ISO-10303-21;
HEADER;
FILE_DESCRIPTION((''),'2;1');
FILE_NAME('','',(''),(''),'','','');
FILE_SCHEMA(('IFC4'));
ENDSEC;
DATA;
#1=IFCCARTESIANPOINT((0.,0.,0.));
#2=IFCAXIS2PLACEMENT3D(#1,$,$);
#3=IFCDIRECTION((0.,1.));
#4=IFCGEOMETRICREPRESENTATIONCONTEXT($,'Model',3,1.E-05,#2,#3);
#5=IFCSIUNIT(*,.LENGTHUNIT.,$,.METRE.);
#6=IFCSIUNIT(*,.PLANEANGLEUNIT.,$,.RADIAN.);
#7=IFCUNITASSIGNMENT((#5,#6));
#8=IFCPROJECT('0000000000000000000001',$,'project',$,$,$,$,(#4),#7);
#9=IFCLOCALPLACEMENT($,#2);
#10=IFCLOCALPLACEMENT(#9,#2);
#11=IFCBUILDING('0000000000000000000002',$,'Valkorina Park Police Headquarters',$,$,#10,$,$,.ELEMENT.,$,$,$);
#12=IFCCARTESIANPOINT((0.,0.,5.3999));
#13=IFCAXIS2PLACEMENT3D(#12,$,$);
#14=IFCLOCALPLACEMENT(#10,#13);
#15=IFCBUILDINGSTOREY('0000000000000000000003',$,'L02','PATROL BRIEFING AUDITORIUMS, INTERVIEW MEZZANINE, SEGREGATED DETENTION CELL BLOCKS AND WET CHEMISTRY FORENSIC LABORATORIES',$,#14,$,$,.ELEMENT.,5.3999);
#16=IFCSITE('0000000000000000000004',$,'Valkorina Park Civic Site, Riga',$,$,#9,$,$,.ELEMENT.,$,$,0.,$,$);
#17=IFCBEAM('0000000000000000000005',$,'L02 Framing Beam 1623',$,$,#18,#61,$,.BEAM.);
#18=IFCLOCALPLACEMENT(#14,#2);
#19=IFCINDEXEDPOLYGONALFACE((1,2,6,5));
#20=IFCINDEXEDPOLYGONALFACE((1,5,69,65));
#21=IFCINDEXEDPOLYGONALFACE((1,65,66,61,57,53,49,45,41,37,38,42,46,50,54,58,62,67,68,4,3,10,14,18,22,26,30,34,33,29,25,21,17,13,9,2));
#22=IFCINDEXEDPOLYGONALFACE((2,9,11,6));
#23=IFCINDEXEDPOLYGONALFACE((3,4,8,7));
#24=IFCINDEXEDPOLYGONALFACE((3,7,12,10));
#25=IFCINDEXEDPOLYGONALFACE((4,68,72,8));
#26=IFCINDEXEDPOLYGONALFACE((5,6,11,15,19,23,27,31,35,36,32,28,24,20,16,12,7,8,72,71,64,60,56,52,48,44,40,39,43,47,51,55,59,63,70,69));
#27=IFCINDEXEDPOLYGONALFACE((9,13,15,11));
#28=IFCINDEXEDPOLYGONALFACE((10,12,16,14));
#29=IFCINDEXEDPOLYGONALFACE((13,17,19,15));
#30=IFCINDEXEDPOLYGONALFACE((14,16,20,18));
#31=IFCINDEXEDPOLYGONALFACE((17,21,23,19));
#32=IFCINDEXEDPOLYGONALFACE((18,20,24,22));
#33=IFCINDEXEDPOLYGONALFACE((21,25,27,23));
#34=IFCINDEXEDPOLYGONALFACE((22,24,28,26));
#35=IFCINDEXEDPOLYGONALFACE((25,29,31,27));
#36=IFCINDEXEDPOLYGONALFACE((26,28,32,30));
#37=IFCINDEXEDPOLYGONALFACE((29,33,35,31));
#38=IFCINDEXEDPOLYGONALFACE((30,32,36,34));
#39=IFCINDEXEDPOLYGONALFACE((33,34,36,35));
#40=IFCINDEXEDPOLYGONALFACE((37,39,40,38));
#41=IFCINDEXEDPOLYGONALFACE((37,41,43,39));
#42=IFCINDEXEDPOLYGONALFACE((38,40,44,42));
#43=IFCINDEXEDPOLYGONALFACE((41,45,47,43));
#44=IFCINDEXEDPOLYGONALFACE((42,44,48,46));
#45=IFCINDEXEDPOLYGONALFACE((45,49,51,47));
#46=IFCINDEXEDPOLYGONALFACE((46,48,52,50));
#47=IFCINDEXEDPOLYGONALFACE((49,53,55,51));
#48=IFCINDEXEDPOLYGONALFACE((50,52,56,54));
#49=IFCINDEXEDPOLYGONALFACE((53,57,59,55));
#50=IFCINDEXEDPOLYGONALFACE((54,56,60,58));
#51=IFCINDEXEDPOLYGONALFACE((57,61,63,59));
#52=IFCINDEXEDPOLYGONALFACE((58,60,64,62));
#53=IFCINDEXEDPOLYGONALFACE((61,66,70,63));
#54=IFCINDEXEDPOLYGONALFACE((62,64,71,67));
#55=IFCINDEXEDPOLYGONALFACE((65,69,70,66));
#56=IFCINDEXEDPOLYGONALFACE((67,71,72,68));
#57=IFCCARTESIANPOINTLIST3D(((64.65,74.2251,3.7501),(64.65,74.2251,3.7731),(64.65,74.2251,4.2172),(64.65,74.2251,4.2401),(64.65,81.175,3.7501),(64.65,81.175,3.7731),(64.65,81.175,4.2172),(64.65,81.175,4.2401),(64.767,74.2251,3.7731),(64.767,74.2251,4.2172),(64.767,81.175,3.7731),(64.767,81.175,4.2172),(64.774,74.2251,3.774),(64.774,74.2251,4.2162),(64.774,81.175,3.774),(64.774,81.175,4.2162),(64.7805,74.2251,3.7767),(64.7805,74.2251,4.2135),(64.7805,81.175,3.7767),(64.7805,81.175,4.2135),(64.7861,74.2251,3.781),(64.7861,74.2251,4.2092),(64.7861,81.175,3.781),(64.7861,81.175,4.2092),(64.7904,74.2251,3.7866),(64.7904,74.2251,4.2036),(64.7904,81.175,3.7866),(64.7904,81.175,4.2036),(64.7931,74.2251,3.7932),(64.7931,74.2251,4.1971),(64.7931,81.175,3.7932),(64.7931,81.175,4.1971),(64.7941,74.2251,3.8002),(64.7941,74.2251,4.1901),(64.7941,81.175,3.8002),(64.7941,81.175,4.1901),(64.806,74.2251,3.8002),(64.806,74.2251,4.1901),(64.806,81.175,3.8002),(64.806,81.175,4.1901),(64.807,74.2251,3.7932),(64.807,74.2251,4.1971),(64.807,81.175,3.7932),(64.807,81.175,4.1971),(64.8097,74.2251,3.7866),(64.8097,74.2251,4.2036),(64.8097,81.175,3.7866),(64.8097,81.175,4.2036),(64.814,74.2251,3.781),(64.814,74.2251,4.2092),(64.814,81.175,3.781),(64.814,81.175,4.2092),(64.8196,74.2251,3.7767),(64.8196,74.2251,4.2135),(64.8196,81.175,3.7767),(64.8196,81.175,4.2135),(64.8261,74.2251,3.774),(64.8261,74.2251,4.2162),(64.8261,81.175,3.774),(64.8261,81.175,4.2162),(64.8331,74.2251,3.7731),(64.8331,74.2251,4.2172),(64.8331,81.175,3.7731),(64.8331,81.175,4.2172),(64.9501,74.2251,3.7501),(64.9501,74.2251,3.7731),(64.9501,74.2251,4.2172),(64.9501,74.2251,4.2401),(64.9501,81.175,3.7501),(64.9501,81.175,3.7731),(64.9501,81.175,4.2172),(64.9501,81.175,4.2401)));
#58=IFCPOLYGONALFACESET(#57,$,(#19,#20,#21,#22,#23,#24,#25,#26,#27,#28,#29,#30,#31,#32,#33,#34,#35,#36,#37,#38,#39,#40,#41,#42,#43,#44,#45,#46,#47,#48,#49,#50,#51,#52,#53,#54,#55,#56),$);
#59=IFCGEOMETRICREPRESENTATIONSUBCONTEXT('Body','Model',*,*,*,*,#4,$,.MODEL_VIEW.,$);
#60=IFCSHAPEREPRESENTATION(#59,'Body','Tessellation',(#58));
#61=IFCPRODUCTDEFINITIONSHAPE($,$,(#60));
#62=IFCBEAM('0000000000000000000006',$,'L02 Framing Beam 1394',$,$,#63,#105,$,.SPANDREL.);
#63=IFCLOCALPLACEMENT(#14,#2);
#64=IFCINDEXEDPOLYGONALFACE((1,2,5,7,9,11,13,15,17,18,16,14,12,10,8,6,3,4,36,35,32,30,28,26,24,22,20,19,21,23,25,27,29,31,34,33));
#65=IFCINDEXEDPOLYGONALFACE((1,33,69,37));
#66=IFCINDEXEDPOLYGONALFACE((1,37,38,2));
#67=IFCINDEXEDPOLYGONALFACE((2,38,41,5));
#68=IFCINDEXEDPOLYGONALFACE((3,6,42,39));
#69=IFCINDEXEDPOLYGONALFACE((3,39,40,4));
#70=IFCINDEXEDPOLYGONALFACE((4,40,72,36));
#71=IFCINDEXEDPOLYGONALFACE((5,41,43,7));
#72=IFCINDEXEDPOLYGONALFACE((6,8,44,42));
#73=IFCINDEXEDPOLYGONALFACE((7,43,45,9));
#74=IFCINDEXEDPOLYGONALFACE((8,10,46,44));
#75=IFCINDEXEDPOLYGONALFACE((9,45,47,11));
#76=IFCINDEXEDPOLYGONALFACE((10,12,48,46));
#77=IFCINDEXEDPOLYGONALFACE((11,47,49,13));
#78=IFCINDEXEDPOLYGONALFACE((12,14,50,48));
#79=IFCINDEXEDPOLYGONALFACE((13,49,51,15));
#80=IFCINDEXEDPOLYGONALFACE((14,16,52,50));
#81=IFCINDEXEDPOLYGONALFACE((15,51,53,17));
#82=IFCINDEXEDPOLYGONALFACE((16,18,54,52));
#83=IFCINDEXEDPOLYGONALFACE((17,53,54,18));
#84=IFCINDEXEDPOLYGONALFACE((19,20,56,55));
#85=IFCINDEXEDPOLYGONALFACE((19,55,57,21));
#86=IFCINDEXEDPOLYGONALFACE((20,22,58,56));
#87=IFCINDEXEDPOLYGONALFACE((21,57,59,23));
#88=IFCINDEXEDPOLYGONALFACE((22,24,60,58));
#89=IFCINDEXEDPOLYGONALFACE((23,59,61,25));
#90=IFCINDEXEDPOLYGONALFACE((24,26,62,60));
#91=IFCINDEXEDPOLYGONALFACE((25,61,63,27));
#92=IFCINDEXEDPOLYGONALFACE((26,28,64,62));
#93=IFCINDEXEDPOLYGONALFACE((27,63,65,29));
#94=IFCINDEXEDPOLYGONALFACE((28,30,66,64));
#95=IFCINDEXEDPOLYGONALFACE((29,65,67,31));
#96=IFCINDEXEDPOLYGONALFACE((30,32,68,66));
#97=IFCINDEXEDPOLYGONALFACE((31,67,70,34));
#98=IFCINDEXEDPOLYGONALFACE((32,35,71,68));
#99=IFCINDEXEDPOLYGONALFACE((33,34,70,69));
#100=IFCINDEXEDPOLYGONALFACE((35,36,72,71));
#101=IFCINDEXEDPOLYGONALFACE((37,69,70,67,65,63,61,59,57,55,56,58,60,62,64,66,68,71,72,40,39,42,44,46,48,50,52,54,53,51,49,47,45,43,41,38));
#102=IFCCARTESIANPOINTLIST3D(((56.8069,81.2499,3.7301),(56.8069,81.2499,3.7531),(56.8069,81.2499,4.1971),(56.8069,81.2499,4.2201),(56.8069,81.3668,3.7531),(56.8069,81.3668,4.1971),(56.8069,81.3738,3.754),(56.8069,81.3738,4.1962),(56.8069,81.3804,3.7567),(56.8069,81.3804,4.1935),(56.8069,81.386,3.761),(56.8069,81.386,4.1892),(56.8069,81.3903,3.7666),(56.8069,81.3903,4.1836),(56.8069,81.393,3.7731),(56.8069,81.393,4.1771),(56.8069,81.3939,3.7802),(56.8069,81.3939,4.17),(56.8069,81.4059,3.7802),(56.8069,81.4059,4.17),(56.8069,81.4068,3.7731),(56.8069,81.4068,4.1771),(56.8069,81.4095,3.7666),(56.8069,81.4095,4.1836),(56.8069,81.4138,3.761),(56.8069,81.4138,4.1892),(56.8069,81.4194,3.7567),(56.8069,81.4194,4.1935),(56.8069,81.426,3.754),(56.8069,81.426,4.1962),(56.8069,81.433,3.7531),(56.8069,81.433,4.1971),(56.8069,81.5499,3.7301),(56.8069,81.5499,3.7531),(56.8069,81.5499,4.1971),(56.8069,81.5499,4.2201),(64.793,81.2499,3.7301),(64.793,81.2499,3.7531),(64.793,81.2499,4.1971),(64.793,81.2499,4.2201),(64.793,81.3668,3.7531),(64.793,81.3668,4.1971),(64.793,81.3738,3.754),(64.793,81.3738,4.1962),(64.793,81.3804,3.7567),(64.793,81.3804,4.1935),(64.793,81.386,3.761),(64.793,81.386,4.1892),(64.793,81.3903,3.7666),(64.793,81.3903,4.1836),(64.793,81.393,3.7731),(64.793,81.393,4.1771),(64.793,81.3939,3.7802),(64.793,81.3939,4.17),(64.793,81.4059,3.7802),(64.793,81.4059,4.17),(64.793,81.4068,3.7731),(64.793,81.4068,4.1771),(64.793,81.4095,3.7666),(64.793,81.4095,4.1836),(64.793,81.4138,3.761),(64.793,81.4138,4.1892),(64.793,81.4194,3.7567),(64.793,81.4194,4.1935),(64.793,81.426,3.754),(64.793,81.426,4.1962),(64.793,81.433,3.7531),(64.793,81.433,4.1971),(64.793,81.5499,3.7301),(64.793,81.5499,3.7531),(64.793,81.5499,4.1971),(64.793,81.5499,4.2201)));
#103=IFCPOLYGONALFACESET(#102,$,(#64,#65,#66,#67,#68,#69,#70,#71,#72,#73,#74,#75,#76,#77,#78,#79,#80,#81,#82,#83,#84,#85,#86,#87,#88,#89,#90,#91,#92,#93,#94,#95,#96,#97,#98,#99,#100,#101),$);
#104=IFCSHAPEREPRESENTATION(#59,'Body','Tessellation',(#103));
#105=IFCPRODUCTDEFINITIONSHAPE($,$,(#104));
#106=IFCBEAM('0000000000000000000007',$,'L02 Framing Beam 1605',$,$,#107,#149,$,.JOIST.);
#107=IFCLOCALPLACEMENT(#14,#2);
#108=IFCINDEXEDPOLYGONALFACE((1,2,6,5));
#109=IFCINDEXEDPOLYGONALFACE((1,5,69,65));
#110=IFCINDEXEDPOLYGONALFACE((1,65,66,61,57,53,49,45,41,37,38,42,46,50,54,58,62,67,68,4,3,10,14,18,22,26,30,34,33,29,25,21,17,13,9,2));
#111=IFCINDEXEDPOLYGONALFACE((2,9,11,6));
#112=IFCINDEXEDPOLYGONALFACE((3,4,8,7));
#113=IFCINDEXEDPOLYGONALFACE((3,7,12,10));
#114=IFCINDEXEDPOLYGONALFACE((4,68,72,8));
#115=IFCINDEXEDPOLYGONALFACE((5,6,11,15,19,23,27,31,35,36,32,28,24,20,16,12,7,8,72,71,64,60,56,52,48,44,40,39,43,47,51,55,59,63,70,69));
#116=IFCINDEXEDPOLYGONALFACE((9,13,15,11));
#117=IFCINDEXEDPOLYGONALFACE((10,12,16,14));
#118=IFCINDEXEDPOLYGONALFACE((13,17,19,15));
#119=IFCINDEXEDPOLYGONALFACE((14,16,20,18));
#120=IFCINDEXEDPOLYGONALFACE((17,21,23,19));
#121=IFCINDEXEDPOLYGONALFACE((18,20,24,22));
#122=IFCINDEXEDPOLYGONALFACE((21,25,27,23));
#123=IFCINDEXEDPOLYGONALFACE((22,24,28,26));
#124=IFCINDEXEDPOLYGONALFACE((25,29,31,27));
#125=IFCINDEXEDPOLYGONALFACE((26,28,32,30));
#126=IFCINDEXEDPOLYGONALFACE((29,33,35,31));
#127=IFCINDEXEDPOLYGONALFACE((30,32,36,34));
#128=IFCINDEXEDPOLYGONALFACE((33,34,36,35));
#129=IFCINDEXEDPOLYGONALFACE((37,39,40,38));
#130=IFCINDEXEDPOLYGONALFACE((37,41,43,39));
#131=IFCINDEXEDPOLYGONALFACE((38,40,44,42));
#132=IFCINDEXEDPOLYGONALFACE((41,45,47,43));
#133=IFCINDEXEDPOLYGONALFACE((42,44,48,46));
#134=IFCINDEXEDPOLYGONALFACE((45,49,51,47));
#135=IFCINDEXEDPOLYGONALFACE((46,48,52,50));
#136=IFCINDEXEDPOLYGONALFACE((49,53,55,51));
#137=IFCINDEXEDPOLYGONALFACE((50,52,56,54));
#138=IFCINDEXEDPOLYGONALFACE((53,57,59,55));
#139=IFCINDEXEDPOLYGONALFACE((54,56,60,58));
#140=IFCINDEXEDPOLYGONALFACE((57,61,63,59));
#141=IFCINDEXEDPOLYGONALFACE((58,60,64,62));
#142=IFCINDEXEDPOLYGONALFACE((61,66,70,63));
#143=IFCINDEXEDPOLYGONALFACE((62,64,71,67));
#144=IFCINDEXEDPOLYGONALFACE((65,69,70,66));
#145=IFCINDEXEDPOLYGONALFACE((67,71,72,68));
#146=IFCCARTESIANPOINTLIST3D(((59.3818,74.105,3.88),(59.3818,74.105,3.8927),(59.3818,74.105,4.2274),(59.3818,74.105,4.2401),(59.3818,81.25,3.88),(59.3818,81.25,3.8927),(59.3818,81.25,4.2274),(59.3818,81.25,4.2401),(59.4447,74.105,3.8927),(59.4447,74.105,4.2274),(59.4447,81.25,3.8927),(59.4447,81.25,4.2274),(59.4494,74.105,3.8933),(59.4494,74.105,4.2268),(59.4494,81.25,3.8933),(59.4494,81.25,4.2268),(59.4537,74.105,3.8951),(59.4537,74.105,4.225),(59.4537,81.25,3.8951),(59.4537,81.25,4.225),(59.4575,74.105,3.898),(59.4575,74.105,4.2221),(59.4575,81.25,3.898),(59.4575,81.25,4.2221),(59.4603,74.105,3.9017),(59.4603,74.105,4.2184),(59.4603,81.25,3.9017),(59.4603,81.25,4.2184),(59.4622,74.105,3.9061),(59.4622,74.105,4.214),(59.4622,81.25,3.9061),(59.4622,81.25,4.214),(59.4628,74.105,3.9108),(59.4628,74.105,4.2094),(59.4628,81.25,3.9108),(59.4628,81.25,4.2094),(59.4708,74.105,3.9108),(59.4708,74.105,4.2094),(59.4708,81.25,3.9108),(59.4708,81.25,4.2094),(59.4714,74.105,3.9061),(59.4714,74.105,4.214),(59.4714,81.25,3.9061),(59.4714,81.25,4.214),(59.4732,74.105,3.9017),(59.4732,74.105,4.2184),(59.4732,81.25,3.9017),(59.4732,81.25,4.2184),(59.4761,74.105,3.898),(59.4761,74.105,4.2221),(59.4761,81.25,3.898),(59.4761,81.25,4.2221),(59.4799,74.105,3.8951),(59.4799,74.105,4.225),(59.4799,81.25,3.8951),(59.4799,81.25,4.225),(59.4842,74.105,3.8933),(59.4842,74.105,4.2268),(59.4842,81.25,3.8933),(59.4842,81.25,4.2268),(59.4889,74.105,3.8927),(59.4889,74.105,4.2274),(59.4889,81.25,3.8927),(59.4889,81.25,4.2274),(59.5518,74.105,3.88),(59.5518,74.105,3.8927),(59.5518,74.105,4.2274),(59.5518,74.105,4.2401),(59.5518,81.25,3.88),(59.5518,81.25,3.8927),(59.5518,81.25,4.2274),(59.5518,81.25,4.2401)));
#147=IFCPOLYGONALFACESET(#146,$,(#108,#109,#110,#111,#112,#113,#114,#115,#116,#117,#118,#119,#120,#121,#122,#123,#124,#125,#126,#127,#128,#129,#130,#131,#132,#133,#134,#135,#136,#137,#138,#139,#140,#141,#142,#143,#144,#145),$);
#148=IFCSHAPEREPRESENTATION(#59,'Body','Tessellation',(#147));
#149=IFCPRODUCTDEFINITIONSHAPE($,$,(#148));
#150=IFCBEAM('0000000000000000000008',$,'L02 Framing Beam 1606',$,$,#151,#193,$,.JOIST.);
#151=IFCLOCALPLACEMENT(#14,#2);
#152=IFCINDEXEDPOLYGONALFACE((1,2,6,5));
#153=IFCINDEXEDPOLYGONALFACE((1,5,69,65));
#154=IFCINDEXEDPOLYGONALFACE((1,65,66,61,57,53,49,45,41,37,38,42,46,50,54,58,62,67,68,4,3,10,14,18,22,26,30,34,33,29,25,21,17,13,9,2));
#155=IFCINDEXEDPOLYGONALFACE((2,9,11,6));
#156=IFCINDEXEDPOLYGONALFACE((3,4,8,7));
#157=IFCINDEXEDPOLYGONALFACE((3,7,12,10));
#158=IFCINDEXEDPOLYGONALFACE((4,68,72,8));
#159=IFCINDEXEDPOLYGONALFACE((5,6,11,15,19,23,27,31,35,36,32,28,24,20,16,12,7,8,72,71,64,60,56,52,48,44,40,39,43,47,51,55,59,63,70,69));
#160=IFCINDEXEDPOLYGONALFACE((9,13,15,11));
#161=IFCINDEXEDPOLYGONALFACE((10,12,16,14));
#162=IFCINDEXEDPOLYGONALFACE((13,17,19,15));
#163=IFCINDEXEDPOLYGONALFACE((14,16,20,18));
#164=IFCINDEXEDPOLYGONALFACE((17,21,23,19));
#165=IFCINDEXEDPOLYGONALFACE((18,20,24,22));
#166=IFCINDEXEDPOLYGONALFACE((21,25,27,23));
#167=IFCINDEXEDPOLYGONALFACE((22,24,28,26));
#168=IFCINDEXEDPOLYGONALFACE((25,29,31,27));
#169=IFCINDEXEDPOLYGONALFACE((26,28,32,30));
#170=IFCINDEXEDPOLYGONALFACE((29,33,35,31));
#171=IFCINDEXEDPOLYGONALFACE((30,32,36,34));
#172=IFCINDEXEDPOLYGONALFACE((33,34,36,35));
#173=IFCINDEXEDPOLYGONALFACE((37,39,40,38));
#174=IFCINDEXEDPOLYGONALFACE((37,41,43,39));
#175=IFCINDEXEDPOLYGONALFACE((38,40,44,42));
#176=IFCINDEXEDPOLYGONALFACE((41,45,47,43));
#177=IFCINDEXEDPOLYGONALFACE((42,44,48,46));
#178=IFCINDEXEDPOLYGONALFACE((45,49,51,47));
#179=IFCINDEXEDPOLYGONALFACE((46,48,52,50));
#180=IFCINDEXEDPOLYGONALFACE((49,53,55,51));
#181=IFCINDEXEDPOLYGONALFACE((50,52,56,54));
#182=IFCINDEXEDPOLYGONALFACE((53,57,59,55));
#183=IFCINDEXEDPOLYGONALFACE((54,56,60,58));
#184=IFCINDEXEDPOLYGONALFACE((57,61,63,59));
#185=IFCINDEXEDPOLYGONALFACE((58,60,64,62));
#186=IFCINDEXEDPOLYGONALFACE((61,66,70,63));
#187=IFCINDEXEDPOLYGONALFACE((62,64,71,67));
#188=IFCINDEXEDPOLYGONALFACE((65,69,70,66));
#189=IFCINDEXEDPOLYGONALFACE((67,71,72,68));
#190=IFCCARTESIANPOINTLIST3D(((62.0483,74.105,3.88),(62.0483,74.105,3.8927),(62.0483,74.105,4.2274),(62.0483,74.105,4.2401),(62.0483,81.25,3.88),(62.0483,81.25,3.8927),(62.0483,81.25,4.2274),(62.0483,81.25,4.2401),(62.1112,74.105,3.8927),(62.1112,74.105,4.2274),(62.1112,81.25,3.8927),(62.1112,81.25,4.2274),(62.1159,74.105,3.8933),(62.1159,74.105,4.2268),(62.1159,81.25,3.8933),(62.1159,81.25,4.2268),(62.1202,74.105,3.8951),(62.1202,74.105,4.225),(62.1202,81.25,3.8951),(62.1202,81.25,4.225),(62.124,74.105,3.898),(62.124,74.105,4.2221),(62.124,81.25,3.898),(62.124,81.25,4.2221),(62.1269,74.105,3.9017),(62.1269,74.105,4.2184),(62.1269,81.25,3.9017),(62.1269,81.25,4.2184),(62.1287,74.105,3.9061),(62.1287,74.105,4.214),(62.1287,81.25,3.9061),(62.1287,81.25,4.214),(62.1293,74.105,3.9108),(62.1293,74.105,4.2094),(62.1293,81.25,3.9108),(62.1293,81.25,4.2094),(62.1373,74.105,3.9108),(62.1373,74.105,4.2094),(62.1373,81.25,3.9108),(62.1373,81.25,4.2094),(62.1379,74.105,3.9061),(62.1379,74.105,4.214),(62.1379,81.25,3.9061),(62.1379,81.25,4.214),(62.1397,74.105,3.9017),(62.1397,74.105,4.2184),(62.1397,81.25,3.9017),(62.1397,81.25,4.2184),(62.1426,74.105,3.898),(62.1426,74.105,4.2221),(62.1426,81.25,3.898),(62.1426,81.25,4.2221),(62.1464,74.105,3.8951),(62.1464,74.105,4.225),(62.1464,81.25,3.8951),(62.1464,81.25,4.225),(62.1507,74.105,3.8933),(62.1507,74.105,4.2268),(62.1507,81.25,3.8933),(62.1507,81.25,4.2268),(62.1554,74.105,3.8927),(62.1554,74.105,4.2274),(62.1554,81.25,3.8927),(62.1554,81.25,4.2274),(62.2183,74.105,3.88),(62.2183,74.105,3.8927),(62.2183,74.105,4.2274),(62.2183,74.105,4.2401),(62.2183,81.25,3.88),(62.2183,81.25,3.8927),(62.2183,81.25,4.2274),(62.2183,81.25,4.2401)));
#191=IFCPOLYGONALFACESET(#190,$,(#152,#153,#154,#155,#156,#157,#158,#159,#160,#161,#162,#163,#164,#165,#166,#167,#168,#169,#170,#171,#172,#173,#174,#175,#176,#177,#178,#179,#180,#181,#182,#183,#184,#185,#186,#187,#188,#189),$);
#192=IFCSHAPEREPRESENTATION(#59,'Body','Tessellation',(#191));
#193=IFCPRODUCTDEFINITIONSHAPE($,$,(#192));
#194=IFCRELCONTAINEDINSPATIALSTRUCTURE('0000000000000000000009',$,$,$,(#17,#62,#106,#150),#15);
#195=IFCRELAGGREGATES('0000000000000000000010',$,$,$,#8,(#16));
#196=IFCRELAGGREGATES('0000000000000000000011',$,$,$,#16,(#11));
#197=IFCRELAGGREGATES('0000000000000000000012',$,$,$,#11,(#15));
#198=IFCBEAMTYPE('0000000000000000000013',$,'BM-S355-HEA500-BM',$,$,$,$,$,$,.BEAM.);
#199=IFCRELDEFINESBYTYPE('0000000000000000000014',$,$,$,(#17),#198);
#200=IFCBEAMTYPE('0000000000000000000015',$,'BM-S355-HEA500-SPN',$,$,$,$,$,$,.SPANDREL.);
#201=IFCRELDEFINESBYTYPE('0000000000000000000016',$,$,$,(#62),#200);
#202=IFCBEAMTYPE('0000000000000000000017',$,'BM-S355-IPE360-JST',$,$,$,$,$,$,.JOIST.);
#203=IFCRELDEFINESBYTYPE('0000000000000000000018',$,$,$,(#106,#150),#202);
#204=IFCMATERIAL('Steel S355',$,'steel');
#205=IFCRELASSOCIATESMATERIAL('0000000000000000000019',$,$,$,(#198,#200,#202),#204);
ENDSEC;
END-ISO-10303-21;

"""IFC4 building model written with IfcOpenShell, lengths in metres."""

from ifc_helpers import new_model, si_unit, direction, frame, origin, origin_2d, place, context, subcontext, project, spatial, i_section, extrude, material, material_profile, profile_set, type_object, element, save


model = new_model("IFC4")

# Units and contexts
model_context = context("Model", 3, precision=1e-05, world=origin(), true_north=direction((0.0, 1.0)))
body_context = subcontext(model_context, "Body", "Model", "MODEL_VIEW")
ifc_project = project(units=[si_unit("LENGTHUNIT", "METRE"), si_unit("PLANEANGLEUNIT", "RADIAN")], contexts=[model_context])

# Site, building, storey
site_placement = place(None, origin())
site = spatial("IfcSite", under=ifc_project, at=site_placement, Name="Valkorina Park Civic Site, Riga", CompositionType="ELEMENT", RefElevation=0.0)
building_placement = place(site_placement, origin())
building = spatial("IfcBuilding", under=site, at=building_placement, Name="Valkorina Park Police Headquarters", CompositionType="ELEMENT")
storey_placement = place(building_placement, frame((0.0, 0.0, 5.3999)))
storey = spatial("IfcBuildingStorey", under=building, at=storey_placement, Name="L02", Description="PATROL BRIEFING AUDITORIUMS, INTERVIEW MEZZANINE, SEGREGATED DETENTION CELL BLOCKS AND WET CHEMISTRY FORENSIC LABORATORIES", CompositionType="ELEMENT", Elevation=5.3999)

# Shared definitions
ifc_material_1 = material(Name="Steel S355", Category="steel")

# Beams
ifc_material_profile_1 = material_profile(ifc_material_1, i_section(OverallWidth=0.3, OverallDepth=0.49, WebThickness=0.012, FlangeThickness=0.0229, FilletRadius=0.0271, at=origin_2d()), Name="HEA 500")
ifc_profile_set_1 = profile_set([ifc_material_profile_1], Name="Steel S355")
beam_type_1 = type_object("IfcBeamType", Name="BM-S355-HEA500-BM", PredefinedType="BEAM", material=ifc_profile_set_1)
for number, where, z_axis, x_axis, name in (
    (1, (64.8, 74.2251, 3.9951), (0.0, 1.0, 0.0), (-1.0, 0.0, 0.0), "L02 Framing Beam 1623"),
):
    element("IfcBeam", number, at=place(storey_placement, frame(where, z_axis=z_axis, x_axis=x_axis)), inside=storey, type_object=beam_type_1, Name=name, PredefinedType="BEAM", context=body_context, shape_type="SweptSolid", body=[
        extrude(i_section(OverallWidth=0.3, OverallDepth=0.49, WebThickness=0.012, FlangeThickness=0.0229, FilletRadius=0.0271, at=origin_2d()), origin(), (0.0, 0.0, 1.0), 6.95),
    ])
ifc_material_profile_2 = material_profile(ifc_material_1, i_section(OverallWidth=0.3, OverallDepth=0.49, WebThickness=0.012, FlangeThickness=0.0229, FilletRadius=0.0271, at=origin_2d()), Name="HEA 500")
ifc_profile_set_2 = profile_set([ifc_material_profile_2], Name="Steel S355")
beam_type_2 = type_object("IfcBeamType", Name="BM-S355-HEA500-SPN", PredefinedType="SPANDREL", material=ifc_profile_set_2)
beam_1_placement = place(storey_placement, frame((56.8069, 81.3999, 3.9751), z_axis=(1.0, 0.0, 0.0), x_axis=(0.0, 1.0, 0.0)))
element("IfcBeam", 2, at=beam_1_placement, inside=storey, type_object=beam_type_2, Name="L02 Framing Beam 1394", PredefinedType="SPANDREL", context=body_context, shape_type="SweptSolid", body=[
    extrude(i_section(OverallWidth=0.3, OverallDepth=0.49, WebThickness=0.012, FlangeThickness=0.0229, FilletRadius=0.0271, at=origin_2d()), origin(), (0.0, 0.0, 1.0), 7.9861),
])
ifc_material_profile_3 = material_profile(ifc_material_1, i_section(OverallWidth=0.1699, OverallDepth=0.3601, WebThickness=0.0081, FlangeThickness=0.0127, FilletRadius=0.0181, at=origin_2d()), Name="IPE 360")
ifc_profile_set_3 = profile_set([ifc_material_profile_3], Name="Steel S355")
beam_type_3 = type_object("IfcBeamType", Name="BM-S355-IPE360-JST", PredefinedType="JOIST", material=ifc_profile_set_3)
for number, where, z_axis, x_axis, name in (
    (3, (59.4668, 74.105, 4.0601), (0.0, 1.0, 0.0), (-1.0, 0.0, 0.0), "L02 Framing Beam 1605"),
    (4, (62.1333, 74.105, 4.0601), (0.0, 1.0, 0.0), (-1.0, 0.0, 0.0), "L02 Framing Beam 1606"),
):
    element("IfcBeam", number, at=place(storey_placement, frame(where, z_axis=z_axis, x_axis=x_axis)), inside=storey, type_object=beam_type_3, Name=name, PredefinedType="JOIST", context=body_context, shape_type="SweptSolid", body=[
        extrude(i_section(OverallWidth=0.1699, OverallDepth=0.3601, WebThickness=0.0081, FlangeThickness=0.0127, FilletRadius=0.0181, at=origin_2d()), origin(), (0.0, 0.0, 1.0), 7.145),
    ])

save(model, "model.ifc")
